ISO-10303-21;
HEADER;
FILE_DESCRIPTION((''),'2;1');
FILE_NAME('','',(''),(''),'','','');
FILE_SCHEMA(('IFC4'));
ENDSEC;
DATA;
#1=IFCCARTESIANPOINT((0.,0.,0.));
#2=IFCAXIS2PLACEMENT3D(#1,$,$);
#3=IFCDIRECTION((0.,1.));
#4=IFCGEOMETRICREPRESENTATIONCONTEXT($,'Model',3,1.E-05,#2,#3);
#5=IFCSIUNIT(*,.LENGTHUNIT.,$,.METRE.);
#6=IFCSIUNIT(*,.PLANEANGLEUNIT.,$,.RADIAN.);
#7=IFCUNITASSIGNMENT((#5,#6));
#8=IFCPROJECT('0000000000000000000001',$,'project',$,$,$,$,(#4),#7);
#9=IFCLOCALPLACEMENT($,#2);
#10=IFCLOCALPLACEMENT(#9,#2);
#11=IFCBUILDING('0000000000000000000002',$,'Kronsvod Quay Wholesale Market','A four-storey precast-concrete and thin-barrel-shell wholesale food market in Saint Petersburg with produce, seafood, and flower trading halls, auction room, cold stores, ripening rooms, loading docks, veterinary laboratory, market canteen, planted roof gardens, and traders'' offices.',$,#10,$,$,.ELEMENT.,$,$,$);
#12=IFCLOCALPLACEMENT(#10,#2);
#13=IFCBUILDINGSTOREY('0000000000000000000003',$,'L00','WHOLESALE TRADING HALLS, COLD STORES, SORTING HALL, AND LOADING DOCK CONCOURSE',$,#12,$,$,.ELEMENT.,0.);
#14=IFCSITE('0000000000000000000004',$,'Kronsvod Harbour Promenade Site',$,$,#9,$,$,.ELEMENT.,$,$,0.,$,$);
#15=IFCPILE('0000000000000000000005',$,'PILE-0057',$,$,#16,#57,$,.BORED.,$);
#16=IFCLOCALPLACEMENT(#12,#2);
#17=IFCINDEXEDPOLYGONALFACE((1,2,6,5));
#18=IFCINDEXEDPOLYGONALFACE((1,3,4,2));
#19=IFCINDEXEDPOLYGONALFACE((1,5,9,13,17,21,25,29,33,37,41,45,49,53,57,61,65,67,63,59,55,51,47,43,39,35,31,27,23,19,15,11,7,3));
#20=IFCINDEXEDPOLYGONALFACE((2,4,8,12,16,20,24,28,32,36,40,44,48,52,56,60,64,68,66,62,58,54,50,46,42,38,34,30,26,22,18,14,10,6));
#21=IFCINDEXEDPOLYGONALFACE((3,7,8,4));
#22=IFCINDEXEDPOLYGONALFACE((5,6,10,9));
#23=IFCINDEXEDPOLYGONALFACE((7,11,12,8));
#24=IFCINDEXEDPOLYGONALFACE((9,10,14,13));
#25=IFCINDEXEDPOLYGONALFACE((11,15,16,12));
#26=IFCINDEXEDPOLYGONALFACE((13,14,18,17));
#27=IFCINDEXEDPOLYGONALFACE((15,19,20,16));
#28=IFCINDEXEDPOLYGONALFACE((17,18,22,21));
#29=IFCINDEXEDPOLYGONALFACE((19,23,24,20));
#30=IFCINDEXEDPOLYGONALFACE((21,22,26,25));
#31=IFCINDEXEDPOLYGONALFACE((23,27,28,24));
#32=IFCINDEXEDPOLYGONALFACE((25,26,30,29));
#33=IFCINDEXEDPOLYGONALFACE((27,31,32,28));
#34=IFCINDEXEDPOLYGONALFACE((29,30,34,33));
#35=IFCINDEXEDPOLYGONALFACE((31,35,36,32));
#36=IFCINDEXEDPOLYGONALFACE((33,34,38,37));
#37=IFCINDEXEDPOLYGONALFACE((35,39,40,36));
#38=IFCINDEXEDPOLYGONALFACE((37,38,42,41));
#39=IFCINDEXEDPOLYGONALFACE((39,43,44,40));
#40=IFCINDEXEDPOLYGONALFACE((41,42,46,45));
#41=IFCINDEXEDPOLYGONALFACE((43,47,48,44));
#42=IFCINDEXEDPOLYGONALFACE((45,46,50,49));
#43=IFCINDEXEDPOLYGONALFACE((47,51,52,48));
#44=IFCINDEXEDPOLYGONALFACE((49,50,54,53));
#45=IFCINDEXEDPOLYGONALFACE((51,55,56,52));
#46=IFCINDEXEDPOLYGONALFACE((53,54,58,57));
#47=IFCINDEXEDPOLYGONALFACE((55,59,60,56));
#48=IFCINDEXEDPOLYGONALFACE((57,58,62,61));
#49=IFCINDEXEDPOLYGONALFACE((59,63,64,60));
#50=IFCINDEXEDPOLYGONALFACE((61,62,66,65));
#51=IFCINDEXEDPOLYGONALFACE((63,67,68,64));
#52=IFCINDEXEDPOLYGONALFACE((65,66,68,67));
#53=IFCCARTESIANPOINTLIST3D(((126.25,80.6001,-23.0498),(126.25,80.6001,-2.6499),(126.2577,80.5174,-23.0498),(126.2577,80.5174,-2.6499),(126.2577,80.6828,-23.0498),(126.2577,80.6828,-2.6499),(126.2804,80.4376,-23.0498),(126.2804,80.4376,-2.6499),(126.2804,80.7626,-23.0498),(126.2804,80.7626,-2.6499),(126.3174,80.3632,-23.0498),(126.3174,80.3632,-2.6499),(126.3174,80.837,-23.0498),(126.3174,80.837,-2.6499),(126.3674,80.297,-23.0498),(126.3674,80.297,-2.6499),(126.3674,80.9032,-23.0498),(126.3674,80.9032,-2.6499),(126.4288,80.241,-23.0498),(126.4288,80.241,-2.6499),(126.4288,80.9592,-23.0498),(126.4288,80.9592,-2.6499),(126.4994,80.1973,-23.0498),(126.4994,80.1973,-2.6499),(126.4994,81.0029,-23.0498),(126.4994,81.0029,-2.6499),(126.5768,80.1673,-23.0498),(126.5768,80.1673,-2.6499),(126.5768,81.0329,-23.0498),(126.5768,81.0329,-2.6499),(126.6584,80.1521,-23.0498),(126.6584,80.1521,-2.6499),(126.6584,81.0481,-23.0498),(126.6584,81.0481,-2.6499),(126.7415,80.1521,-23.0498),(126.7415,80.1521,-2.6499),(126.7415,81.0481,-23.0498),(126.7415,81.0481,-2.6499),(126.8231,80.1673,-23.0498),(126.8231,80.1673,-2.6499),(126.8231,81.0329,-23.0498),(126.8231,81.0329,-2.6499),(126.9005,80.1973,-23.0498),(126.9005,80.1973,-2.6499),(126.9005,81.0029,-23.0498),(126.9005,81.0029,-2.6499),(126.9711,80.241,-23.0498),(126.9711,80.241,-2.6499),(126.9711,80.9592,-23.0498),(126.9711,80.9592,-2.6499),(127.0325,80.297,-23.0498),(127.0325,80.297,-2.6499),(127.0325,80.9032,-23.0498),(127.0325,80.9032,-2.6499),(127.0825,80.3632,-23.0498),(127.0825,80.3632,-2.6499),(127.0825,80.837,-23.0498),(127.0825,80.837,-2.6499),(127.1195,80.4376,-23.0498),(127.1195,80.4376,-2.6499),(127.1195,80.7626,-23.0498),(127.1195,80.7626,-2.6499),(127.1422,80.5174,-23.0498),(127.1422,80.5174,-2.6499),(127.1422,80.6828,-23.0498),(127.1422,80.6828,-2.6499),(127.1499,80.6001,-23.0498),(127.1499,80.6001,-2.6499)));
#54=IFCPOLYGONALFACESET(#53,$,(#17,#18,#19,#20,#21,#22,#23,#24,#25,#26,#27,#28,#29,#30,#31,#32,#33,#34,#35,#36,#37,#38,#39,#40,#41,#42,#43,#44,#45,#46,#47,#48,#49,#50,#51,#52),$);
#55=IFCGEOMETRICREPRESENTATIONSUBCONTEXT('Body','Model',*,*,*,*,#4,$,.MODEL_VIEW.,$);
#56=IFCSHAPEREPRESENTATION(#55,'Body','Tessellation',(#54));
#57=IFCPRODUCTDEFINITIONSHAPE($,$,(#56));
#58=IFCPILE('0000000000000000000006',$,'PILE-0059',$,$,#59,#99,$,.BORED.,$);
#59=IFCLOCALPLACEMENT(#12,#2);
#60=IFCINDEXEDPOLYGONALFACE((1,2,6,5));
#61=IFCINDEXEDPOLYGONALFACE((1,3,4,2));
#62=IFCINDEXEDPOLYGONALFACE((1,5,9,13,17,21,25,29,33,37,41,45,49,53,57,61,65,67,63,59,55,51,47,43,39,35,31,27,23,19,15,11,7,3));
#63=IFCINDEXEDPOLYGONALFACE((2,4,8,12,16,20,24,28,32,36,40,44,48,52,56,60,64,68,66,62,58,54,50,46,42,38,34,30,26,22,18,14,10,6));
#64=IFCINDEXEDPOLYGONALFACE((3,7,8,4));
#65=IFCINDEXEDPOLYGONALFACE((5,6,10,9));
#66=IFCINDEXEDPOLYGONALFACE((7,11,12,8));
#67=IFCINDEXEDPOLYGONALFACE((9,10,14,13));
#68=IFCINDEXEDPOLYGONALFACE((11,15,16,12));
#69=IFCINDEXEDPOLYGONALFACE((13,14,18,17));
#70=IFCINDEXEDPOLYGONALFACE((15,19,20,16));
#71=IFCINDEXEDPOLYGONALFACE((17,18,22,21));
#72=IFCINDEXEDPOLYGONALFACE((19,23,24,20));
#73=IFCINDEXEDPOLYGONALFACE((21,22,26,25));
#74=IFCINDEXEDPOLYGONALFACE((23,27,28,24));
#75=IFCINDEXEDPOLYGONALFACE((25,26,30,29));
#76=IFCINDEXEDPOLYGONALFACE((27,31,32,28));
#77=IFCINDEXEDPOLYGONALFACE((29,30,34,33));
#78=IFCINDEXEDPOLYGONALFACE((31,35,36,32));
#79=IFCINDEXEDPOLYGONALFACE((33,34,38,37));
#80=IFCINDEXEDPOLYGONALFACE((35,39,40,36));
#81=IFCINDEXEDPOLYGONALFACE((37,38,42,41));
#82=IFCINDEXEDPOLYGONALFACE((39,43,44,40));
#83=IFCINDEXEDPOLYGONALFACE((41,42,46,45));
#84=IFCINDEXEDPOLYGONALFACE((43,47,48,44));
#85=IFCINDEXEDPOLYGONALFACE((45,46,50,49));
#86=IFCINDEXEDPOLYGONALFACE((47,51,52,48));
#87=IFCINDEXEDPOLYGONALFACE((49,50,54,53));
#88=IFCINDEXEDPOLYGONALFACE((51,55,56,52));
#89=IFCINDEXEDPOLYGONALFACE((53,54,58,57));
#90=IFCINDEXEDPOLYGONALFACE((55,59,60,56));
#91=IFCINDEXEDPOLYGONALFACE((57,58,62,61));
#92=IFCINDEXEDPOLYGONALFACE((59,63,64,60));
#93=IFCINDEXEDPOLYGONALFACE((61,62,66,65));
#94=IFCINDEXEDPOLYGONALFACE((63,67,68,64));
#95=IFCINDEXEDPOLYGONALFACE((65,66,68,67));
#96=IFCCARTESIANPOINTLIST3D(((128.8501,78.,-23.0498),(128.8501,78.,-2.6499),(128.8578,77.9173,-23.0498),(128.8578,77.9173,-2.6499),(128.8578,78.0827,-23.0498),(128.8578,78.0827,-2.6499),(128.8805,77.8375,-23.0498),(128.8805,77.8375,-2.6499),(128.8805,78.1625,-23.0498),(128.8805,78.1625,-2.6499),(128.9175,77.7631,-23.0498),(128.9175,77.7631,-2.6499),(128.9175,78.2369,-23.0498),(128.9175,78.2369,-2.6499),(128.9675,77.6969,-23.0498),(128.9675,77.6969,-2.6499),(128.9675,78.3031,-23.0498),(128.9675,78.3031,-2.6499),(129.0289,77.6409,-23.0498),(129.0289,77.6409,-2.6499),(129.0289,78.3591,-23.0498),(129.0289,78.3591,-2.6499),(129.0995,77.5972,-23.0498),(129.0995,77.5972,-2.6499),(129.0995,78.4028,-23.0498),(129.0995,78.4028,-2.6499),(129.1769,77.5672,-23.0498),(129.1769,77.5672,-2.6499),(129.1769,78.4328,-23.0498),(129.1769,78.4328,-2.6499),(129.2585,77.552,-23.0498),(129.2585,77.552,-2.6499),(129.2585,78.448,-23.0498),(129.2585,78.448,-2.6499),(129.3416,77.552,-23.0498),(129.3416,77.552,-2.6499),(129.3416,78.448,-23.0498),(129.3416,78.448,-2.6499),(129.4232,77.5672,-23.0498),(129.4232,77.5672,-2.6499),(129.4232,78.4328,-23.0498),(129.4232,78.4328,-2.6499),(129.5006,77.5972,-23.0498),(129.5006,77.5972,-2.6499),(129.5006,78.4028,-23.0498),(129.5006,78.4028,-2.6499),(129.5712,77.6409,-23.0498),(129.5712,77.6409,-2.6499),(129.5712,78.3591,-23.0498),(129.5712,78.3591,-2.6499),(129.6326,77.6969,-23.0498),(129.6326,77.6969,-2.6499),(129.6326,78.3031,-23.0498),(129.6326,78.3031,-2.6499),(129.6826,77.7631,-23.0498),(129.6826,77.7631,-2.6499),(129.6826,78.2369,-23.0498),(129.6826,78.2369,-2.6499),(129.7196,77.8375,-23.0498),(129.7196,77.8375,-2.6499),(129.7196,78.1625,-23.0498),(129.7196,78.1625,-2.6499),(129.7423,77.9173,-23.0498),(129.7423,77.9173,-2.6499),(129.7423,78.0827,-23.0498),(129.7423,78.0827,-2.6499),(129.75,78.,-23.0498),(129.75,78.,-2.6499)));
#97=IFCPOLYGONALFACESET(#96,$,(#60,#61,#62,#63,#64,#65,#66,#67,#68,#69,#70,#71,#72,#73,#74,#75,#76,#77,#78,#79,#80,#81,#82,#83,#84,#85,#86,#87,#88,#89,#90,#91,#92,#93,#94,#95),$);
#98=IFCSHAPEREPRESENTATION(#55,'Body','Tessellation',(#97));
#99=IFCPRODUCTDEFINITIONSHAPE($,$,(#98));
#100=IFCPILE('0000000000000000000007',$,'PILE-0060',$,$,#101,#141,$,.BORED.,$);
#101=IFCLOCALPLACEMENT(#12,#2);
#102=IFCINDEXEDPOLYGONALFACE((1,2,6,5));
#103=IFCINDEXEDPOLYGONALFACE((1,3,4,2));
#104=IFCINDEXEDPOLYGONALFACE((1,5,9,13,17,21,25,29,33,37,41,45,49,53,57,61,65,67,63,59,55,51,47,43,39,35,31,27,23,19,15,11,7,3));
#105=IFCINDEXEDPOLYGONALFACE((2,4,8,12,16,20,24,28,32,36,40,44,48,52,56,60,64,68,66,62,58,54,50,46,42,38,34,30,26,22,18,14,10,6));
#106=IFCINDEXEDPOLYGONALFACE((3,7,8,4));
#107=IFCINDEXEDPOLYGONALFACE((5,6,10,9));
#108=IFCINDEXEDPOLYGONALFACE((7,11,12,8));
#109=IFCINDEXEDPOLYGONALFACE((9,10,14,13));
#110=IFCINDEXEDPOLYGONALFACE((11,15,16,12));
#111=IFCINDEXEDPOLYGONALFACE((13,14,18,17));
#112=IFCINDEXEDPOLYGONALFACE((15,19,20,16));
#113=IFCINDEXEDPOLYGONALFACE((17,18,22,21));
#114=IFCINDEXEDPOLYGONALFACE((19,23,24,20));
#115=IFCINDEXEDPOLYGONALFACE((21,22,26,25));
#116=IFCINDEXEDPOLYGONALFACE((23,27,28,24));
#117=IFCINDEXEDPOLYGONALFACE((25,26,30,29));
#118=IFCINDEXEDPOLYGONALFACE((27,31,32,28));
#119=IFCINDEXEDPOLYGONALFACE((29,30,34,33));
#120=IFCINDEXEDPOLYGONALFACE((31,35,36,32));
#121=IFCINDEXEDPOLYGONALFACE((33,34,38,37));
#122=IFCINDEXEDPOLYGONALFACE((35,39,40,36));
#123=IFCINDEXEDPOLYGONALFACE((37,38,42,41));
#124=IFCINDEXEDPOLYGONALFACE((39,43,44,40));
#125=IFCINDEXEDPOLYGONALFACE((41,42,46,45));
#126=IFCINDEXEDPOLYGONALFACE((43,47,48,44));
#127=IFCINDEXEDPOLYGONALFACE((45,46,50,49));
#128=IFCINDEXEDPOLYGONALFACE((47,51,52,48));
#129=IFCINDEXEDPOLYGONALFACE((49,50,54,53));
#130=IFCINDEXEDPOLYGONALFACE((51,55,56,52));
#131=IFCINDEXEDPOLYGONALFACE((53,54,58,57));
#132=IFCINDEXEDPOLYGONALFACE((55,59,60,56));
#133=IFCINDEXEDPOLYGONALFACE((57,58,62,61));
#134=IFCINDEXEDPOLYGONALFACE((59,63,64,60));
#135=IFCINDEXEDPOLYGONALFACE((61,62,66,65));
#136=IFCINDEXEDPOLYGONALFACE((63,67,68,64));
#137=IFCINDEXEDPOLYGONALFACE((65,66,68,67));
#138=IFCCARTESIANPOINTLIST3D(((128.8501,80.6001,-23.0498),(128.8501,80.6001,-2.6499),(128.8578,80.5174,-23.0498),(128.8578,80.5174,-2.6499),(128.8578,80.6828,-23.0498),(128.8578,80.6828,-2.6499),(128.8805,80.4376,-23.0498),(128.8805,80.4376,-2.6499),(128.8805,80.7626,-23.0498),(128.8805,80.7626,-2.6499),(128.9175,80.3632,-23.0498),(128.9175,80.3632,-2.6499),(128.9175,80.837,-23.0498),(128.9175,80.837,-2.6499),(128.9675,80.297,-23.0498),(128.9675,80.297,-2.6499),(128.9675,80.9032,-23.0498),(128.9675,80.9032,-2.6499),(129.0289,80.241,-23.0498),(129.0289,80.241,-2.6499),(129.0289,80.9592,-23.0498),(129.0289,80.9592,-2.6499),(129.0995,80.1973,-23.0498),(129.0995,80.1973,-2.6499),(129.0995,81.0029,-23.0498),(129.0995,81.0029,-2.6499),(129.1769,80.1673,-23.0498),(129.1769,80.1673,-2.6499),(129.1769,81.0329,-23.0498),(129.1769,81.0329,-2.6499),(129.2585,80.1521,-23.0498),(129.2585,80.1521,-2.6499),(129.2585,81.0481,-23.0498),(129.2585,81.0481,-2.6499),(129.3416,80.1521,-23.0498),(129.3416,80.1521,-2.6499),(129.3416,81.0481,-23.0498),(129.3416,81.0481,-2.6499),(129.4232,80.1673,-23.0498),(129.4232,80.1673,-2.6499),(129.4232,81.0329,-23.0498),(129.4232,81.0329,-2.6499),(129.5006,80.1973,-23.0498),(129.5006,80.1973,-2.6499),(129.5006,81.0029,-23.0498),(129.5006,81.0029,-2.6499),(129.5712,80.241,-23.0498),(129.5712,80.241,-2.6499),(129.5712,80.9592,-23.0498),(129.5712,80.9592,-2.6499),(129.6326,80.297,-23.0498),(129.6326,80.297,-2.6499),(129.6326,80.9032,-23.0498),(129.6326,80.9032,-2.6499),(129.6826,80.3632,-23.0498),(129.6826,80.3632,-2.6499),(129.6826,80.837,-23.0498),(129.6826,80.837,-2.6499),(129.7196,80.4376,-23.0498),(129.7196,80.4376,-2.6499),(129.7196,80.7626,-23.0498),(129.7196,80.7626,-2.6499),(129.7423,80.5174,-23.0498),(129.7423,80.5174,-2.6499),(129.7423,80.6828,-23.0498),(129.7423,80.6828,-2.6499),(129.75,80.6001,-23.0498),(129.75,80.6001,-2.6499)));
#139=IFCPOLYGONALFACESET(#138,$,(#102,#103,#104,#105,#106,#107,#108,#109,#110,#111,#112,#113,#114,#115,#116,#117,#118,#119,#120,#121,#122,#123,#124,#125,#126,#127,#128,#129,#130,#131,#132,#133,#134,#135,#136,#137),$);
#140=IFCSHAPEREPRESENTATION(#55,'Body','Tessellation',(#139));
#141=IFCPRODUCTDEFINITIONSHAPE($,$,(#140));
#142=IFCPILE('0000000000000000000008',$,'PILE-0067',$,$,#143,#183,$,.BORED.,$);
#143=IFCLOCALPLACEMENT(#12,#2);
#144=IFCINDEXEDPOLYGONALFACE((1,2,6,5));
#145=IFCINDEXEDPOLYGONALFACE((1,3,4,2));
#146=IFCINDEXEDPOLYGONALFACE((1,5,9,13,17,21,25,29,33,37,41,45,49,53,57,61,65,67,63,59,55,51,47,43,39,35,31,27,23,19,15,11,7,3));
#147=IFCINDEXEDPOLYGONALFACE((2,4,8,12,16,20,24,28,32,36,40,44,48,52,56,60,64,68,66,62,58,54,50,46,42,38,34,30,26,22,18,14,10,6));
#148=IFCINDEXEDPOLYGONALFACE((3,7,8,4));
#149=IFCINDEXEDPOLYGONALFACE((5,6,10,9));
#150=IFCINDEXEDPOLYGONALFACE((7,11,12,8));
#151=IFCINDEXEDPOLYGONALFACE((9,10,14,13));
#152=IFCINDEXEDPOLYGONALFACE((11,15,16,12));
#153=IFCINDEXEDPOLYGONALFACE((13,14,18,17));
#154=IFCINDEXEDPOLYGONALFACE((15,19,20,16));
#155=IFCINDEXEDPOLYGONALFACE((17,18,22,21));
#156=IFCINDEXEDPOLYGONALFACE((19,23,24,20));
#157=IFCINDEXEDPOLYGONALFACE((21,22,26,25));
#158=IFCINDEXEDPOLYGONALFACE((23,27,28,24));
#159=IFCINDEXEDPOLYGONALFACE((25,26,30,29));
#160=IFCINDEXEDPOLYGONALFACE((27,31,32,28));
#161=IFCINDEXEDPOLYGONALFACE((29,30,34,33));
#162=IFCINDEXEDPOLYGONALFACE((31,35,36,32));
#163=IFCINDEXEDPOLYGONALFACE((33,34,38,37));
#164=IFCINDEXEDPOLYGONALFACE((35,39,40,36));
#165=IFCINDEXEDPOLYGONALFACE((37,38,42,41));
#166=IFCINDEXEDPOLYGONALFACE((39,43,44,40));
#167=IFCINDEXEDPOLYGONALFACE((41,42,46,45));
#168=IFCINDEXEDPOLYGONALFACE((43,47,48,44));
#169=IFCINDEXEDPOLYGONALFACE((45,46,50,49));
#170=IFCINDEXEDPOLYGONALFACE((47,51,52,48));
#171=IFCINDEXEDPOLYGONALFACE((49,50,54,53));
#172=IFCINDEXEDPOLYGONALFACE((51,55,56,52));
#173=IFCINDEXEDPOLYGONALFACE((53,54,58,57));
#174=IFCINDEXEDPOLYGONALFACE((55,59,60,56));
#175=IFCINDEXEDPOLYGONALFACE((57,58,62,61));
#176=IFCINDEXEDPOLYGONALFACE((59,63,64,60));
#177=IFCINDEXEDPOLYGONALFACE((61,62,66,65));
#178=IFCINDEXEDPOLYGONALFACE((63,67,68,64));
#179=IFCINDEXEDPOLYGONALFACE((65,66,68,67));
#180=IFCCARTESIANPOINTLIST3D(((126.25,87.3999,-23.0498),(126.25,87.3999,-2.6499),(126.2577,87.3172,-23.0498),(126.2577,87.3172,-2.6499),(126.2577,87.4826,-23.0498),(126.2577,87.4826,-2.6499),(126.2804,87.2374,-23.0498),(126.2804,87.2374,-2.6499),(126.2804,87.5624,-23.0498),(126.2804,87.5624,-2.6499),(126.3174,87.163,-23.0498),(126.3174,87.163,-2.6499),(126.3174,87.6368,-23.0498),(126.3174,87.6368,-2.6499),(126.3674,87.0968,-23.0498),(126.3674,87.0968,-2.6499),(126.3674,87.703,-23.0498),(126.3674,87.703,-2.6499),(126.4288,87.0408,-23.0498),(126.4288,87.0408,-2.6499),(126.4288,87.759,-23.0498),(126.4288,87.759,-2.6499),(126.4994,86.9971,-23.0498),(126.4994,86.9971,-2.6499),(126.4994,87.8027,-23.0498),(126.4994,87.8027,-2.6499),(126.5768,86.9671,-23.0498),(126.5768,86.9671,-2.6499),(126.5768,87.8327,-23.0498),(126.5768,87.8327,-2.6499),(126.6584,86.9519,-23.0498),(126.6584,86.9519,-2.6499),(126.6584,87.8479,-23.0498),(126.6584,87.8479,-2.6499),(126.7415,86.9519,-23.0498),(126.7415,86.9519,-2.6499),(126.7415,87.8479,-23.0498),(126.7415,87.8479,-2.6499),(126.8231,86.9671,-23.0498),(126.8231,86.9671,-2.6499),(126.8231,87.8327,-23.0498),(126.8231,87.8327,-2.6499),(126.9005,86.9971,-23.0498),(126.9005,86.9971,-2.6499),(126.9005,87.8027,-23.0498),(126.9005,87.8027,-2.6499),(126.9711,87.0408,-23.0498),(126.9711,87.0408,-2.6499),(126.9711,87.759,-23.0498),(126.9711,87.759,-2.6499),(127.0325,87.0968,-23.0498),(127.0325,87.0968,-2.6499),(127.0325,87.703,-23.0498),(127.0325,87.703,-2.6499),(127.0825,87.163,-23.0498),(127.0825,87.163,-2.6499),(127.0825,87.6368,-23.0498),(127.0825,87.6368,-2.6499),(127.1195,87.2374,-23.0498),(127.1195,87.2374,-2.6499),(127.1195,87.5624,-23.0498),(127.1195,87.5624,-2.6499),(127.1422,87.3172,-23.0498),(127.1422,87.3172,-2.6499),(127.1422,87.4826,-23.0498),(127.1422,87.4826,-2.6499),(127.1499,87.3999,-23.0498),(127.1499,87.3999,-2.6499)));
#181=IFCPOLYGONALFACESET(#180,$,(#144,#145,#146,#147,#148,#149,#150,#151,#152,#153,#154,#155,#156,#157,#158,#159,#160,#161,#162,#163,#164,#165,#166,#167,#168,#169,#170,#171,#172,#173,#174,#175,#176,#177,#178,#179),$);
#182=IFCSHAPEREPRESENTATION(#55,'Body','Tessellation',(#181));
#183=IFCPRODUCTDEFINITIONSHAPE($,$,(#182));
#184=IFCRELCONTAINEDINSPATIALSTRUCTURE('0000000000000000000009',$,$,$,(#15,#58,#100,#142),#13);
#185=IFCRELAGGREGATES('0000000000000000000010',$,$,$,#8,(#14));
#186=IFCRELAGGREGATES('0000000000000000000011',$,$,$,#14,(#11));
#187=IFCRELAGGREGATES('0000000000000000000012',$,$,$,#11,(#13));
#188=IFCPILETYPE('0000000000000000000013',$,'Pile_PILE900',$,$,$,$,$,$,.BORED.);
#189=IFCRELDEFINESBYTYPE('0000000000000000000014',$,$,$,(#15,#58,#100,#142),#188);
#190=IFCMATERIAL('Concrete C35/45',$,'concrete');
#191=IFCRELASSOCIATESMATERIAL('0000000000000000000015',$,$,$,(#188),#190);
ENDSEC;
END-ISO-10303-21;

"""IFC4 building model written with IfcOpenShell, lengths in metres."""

from ifc_helpers import new_model, si_unit, direction, frame, origin, origin_2d, place, context, subcontext, project, spatial, circle, extrude, material, material_profile, profile_set, type_object, element, save


model = new_model("IFC4")

# Units and contexts
model_context = context("Model", 3, precision=1e-05, world=origin(), true_north=direction((0.0, 1.0)))
body_context = subcontext(model_context, "Body", "Model", "MODEL_VIEW")
ifc_project = project(units=[si_unit("LENGTHUNIT", "METRE"), si_unit("PLANEANGLEUNIT", "RADIAN")], contexts=[model_context])

# Site, building, storey
site_placement = place(None, origin())
site = spatial("IfcSite", under=ifc_project, at=site_placement, Name="Kronsvod Harbour Promenade Site", CompositionType="ELEMENT", RefElevation=0.0)
building_placement = place(site_placement, origin())
building = spatial("IfcBuilding", under=site, at=building_placement, Name="Kronsvod Quay Wholesale Market", Description="A four-storey precast-concrete and thin-barrel-shell wholesale food market in Saint Petersburg with produce, seafood, and flower trading halls, auction room, cold stores, ripening rooms, loading docks, veterinary laboratory, market canteen, planted roof gardens, and traders' offices.", CompositionType="ELEMENT")
storey_placement = place(building_placement, origin())
storey = spatial("IfcBuildingStorey", under=building, at=storey_placement, Name="L00", Description="WHOLESALE TRADING HALLS, COLD STORES, SORTING HALL, AND LOADING DOCK CONCOURSE", CompositionType="ELEMENT", Elevation=0.0)

# Piles
ifc_material_1 = material(Name="Concrete C35/45", Category="concrete")
ifc_material_profile_1 = material_profile(ifc_material_1, circle(Radius=0.45, at=origin_2d()), Name="PILE900")
ifc_profile_set_1 = profile_set([ifc_material_profile_1], Name="Concrete C35/45")
pile_type_1 = type_object("IfcPileType", Name="Pile_PILE900", PredefinedType="BORED", material=ifc_profile_set_1)
for number, where, z_axis, x_axis, name in (
    (1, (126.7, 80.6001, -2.6499), (0.0, 0.0, -1.0), (1.0, 0.0, 0.0), "PILE-0057"),
    (2, (129.3, 78.0, -2.6499), (0.0, 0.0, -1.0), (1.0, 0.0, 0.0), "PILE-0059"),
    (3, (129.3, 80.6001, -2.6499), (0.0, 0.0, -1.0), (1.0, 0.0, 0.0), "PILE-0060"),
    (4, (126.7, 87.3999, -2.6499), (0.0, 0.0, -1.0), (1.0, 0.0, 0.0), "PILE-0067"),
):
    element("IfcPile", number, at=place(storey_placement, frame(where, z_axis=z_axis, x_axis=x_axis)), inside=storey, type_object=pile_type_1, Name=name, PredefinedType="BORED", context=body_context, shape_type="SweptSolid", body=[
        extrude(circle(Radius=0.45, at=origin_2d()), origin(), (0.0, 0.0, 1.0), 20.3999),
    ])

save(model, "model.ifc")
